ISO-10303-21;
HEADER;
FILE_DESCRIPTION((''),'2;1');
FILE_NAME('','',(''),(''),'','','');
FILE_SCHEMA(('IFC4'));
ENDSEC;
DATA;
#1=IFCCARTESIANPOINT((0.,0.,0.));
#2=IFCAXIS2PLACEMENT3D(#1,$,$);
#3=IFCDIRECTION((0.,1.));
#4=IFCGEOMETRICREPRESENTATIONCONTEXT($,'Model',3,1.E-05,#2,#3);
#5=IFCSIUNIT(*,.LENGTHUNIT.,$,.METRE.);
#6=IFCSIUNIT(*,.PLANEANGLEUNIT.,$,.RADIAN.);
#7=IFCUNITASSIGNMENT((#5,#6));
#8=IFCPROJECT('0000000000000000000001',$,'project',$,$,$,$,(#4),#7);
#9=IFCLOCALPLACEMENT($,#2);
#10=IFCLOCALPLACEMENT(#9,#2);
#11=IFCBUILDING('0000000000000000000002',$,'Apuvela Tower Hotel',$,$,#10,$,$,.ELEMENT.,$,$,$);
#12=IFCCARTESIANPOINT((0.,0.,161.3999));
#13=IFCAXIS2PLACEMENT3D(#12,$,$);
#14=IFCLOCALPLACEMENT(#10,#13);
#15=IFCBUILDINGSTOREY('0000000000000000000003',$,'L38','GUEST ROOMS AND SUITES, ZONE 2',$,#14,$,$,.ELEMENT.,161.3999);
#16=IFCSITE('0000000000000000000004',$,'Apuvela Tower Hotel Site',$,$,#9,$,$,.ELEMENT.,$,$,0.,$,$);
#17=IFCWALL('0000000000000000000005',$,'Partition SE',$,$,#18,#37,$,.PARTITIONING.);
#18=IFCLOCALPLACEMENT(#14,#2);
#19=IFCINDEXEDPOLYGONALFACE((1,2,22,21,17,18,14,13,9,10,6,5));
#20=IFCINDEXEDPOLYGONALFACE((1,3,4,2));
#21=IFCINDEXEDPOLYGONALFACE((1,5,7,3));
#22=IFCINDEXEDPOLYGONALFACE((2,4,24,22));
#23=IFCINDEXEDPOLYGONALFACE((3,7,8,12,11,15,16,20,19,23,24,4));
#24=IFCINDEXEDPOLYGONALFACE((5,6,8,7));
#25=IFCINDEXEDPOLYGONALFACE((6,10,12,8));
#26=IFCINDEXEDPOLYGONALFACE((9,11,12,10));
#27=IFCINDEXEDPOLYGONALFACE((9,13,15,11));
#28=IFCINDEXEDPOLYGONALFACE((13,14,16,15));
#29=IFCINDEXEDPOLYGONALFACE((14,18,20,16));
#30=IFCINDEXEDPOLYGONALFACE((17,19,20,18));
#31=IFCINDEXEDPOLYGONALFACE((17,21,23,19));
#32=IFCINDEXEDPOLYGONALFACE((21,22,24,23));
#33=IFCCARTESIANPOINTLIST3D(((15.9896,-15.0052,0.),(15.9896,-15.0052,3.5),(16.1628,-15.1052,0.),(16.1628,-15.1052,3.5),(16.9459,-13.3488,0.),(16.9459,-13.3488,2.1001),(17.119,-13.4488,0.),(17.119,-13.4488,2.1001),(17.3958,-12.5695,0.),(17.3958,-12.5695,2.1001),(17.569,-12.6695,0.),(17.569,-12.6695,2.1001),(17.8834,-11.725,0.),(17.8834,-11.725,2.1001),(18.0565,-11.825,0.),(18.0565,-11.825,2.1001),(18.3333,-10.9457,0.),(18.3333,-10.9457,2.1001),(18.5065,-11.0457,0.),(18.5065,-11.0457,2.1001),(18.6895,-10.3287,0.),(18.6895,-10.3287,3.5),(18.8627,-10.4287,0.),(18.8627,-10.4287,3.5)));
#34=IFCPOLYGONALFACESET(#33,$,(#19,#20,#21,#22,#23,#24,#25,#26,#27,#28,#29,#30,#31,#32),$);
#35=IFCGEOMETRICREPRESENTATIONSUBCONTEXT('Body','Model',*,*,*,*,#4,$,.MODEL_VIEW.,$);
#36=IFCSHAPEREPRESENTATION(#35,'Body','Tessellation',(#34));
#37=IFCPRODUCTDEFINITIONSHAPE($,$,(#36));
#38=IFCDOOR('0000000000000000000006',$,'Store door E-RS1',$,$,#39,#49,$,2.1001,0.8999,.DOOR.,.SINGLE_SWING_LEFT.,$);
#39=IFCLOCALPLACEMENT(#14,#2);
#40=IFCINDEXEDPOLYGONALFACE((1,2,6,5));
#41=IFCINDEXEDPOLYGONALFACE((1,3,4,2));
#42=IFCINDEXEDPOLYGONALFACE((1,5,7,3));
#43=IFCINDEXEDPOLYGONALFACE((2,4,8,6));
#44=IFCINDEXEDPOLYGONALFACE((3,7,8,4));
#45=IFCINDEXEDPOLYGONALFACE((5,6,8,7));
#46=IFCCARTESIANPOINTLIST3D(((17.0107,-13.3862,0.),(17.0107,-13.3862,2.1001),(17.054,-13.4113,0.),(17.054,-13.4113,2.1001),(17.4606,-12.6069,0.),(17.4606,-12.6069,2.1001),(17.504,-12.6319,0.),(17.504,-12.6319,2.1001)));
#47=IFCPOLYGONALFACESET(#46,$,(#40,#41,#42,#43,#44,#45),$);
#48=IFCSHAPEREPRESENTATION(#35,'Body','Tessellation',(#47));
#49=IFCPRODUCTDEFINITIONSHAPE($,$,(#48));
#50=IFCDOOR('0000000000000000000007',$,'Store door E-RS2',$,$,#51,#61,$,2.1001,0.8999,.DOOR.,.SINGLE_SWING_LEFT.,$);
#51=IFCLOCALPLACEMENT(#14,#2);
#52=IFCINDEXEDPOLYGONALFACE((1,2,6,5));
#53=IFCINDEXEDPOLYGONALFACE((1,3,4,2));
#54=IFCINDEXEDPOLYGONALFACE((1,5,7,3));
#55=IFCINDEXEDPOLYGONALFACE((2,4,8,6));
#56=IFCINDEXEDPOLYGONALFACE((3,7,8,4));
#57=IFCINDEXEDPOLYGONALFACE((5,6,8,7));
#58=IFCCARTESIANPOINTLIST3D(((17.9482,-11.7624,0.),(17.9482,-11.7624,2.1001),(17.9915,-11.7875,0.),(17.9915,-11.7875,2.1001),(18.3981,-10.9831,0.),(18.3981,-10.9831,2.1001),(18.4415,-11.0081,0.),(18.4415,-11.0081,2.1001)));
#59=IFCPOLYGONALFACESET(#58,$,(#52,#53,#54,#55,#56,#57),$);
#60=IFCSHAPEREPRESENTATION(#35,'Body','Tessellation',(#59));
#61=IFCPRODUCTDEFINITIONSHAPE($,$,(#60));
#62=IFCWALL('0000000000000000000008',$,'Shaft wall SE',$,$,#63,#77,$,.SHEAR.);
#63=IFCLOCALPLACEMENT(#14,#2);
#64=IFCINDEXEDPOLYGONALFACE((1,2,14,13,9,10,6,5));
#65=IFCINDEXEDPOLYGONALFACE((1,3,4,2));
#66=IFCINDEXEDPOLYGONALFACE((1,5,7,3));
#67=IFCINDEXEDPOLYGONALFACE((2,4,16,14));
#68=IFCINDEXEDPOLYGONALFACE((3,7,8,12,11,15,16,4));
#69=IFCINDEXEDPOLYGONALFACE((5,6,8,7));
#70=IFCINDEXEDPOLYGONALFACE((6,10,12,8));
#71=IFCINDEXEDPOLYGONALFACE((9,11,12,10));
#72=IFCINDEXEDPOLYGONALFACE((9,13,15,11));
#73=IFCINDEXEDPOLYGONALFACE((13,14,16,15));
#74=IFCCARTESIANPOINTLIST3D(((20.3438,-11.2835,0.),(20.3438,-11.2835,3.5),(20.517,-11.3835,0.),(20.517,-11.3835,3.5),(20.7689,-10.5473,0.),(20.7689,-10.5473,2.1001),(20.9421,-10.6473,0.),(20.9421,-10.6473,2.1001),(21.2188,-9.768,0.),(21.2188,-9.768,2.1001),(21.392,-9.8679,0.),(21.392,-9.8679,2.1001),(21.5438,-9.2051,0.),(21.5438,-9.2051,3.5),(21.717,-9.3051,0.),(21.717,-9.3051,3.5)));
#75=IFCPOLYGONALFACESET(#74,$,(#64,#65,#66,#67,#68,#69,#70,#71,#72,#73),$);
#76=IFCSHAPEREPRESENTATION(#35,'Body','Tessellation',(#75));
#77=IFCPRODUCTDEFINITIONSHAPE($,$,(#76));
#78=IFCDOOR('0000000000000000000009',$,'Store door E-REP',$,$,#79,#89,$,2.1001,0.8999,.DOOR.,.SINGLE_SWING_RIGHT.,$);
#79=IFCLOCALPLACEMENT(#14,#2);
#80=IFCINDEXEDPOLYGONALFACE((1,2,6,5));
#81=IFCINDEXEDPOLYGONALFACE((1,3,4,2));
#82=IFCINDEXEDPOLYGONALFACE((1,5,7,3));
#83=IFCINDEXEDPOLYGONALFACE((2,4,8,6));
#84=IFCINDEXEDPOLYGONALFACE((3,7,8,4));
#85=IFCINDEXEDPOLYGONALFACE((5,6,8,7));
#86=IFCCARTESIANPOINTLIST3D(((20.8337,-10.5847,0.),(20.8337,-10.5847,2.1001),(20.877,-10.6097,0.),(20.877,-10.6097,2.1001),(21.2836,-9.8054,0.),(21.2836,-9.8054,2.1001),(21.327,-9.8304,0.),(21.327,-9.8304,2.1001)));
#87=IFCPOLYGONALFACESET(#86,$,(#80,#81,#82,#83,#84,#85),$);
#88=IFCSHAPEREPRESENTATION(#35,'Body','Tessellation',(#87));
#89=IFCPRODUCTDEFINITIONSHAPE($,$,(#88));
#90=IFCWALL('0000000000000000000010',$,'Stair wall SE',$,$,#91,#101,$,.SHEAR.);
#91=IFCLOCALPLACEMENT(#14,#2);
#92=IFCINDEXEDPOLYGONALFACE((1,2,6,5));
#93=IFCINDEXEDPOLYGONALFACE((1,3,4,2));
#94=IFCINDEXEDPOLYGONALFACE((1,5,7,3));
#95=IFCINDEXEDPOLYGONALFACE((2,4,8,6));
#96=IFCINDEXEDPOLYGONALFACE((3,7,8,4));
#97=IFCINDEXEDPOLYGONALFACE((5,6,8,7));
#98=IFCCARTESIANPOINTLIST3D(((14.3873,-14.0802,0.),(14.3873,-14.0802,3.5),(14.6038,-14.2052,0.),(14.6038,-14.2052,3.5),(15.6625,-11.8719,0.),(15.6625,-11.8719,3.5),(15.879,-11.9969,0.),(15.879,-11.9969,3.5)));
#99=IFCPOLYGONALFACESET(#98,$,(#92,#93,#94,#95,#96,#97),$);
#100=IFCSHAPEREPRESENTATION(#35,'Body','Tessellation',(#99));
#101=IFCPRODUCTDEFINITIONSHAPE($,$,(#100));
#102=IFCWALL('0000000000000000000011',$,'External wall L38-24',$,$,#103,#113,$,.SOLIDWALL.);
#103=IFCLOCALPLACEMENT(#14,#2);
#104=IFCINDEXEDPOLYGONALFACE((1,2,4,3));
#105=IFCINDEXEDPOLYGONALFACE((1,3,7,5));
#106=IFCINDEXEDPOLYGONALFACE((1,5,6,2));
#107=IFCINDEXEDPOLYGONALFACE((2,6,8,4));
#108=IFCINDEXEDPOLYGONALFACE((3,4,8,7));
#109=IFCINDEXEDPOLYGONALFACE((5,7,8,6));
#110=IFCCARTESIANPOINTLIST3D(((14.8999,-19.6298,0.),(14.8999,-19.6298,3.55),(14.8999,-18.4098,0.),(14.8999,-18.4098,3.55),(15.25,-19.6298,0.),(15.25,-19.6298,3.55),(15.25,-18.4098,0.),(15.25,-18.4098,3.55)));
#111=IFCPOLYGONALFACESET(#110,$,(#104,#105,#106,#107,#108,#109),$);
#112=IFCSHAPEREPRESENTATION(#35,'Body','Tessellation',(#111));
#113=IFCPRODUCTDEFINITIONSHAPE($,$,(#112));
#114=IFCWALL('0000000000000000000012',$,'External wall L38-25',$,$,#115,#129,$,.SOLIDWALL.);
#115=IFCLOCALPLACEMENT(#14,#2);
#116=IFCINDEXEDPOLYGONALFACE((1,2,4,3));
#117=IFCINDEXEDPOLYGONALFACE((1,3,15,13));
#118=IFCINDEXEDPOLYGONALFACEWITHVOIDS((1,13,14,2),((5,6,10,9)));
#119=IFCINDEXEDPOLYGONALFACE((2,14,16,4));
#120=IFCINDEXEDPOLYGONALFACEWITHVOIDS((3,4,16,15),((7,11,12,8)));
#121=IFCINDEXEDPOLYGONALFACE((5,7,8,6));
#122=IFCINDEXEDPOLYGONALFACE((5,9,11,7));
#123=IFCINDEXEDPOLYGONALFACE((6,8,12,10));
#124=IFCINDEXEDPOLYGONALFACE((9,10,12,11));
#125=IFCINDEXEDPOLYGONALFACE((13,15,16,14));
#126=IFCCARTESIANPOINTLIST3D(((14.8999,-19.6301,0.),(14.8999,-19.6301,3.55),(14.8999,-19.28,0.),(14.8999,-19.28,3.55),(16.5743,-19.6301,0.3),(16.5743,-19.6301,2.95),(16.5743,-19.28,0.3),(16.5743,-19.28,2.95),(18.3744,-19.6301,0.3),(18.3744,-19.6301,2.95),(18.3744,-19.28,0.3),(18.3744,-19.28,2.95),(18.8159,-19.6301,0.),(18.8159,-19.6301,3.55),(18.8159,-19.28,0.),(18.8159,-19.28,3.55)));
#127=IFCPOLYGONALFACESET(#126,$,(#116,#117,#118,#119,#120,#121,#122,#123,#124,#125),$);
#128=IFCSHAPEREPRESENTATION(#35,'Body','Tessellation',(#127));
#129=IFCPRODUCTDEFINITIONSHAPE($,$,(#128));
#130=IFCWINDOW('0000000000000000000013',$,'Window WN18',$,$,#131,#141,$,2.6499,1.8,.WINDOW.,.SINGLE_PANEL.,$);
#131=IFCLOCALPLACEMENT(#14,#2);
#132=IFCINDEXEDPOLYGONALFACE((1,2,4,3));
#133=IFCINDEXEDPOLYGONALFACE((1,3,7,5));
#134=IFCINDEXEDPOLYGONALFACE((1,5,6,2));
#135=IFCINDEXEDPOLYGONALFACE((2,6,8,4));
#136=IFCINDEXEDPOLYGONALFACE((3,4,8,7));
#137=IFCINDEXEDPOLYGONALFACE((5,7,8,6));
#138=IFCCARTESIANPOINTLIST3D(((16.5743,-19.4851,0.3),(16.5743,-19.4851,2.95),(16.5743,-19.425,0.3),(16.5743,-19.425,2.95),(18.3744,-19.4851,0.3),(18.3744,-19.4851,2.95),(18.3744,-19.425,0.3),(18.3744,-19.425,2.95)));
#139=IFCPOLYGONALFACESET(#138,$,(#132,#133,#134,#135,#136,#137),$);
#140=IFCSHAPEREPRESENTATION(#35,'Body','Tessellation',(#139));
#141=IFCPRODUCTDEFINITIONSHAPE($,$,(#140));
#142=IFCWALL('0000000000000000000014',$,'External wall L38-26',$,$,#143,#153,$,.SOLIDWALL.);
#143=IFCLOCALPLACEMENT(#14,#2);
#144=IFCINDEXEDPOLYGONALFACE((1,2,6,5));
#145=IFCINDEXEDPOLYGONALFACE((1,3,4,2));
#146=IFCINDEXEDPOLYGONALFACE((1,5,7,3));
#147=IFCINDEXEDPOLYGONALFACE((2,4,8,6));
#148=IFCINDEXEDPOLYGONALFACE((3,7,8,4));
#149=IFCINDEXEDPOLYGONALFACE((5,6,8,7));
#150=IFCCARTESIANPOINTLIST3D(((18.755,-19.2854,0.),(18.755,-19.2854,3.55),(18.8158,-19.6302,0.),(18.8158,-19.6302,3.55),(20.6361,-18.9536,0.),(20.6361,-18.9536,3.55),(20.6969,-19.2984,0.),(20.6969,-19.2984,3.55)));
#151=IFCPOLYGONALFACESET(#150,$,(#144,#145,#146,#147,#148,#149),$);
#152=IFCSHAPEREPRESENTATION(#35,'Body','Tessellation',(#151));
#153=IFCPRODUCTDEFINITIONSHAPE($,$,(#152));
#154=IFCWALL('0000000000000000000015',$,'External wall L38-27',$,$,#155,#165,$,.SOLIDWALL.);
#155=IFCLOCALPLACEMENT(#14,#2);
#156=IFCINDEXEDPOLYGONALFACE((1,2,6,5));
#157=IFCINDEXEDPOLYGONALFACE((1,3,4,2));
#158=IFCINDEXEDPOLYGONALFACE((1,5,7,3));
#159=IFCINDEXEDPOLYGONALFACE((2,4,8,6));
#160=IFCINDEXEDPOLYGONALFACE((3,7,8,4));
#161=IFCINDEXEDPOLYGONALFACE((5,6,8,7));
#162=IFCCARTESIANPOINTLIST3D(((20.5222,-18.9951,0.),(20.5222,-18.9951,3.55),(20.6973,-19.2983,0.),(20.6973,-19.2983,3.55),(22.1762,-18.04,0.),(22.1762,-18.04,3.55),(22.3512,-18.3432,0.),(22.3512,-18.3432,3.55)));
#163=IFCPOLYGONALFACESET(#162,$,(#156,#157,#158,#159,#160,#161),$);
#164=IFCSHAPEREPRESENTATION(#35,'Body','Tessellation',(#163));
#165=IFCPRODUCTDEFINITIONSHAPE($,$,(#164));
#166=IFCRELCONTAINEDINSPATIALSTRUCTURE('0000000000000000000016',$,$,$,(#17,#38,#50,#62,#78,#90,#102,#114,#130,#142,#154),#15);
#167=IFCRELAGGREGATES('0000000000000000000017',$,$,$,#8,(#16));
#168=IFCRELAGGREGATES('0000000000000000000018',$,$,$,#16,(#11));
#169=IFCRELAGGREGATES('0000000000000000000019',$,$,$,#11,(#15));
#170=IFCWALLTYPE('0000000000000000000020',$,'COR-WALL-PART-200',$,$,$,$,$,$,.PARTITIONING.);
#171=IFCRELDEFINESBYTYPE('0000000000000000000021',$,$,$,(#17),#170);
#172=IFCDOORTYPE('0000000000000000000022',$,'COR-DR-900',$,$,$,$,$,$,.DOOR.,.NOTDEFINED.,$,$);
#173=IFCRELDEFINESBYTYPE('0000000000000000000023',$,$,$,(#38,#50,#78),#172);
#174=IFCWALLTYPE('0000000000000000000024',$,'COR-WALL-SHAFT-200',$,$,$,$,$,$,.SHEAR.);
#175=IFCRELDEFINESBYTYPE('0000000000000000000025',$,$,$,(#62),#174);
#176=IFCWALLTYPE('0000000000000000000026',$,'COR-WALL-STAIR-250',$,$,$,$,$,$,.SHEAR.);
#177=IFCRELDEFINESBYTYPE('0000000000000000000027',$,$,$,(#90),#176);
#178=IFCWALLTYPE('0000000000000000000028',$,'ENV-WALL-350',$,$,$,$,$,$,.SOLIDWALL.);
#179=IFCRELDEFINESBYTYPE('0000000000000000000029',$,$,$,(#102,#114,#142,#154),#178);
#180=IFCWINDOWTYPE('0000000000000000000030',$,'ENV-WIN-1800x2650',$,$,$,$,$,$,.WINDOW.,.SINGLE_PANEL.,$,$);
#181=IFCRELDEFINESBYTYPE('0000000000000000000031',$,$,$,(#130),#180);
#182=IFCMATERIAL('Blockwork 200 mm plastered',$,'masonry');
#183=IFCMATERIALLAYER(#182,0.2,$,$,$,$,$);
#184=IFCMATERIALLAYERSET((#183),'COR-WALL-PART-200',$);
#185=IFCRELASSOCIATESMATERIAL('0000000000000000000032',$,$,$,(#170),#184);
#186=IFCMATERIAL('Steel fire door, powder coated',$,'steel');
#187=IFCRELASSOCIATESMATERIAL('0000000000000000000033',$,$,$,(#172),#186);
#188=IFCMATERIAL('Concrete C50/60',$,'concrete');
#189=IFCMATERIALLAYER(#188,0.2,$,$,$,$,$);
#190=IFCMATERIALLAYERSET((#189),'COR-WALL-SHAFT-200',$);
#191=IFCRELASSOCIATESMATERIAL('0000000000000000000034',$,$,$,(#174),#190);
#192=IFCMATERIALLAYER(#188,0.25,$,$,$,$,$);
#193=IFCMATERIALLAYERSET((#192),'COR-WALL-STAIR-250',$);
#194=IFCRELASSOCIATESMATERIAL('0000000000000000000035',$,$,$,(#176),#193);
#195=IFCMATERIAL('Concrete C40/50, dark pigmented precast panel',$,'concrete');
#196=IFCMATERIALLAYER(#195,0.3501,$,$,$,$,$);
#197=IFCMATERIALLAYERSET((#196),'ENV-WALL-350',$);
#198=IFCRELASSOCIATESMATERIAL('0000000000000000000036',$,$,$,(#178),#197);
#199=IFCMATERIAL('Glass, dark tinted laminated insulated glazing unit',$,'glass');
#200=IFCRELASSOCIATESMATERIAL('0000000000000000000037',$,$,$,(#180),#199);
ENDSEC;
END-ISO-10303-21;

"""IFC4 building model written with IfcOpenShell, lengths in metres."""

from ifc_helpers import new_model, si_unit, direction, frame, frame_2d, origin, place, context, subcontext, project, spatial, rectangle, extrude, material, layer, layer_set, type_object, element, fill, save


model = new_model("IFC4")

# Units and contexts
model_context = context("Model", 3, precision=1e-05, world=origin(), true_north=direction((0.0, 1.0)))
body_context = subcontext(model_context, "Body", "Model", "MODEL_VIEW")
ifc_project = project(units=[si_unit("LENGTHUNIT", "METRE"), si_unit("PLANEANGLEUNIT", "RADIAN")], contexts=[model_context])

# Site, building, storey
site_placement = place(None, origin())
site = spatial("IfcSite", under=ifc_project, at=site_placement, Name="Apuvela Tower Hotel Site", CompositionType="ELEMENT", RefElevation=0.0)
building_placement = place(site_placement, origin())
building = spatial("IfcBuilding", under=site, at=building_placement, Name="Apuvela Tower Hotel", CompositionType="ELEMENT")
storey_placement = place(building_placement, frame((0.0, 0.0, 161.3999)))
storey = spatial("IfcBuildingStorey", under=building, at=storey_placement, Name="L38", Description="GUEST ROOMS AND SUITES, ZONE 2", CompositionType="ELEMENT", Elevation=161.3999)

# Wall, openings, doors
ifc_material_1 = material(Name="Blockwork 200 mm plastered", Category="masonry")
ifc_layer_1 = layer(ifc_material_1, 0.2)
ifc_layer_set_1 = layer_set([ifc_layer_1], Name="COR-WALL-PART-200")
wall_type_1 = type_object("IfcWallType", Name="COR-WALL-PART-200", PredefinedType="PARTITIONING", material=ifc_layer_set_1)
wall_1_placement = place(storey_placement, frame((16.0762, -15.0552, 0.0), z_axis=(0.0, 0.0, 1.0), x_axis=(0.499995, 0.866028, 0.0)))
wall_1 = element("IfcWall", 1, at=wall_1_placement, inside=storey, type_object=wall_type_1, Name="Partition SE", PredefinedType="PARTITIONING", context=body_context, shape_type="SweptSolid", body=[
    extrude(rectangle(XDim=5.3999, YDim=0.2, at=frame_2d((2.7, 0.0))), origin(), (0.0, 0.0, 1.0), 3.5),
])
opening_1_placement = place(wall_1_placement, frame((1.9126, 0.0, 0.0)))
opening_1 = element("IfcOpeningElement", 2, at=opening_1_placement, cuts=wall_1, PredefinedType="OPENING", context=body_context, shape_type="SweptSolid", body=[
    extrude(rectangle(XDim=0.8999, YDim=2.1001, at=frame_2d((0.45, 1.05))), frame((0.0, 0.1099, 0.0), z_axis=(0.0, -1.0, 0.0), x_axis=(1.0, 0.0, 0.0)), (0.0, 0.0, 1.0), 0.22),
])
opening_2_placement = place(wall_1_placement, frame((3.7876, 0.0, 0.0)))
opening_2 = element("IfcOpeningElement", 3, at=opening_2_placement, cuts=wall_1, PredefinedType="OPENING", context=body_context, shape_type="SweptSolid", body=[
    extrude(rectangle(XDim=0.8999, YDim=2.1001, at=frame_2d((0.45, 1.05))), frame((0.0, 0.1099, 0.0), z_axis=(0.0, -1.0, 0.0), x_axis=(1.0, 0.0, 0.0)), (0.0, 0.0, 1.0), 0.22),
])
ifc_material_2 = material(Name="Steel fire door, powder coated", Category="steel")
door_type_1 = type_object("IfcDoorType", Name="COR-DR-900", OperationType="NOTDEFINED", PredefinedType="DOOR", material=ifc_material_2)
door_1_placement = place(opening_1_placement, frame((0.8999, 0.0, 0.0), z_axis=(0.0, 0.0, 1.0), x_axis=(-1.0, 0.0, 0.0)))
door_1 = element("IfcDoor", 4, at=door_1_placement, inside=storey, type_object=door_type_1, Name="Store door E-RS1", OperationType="SINGLE_SWING_LEFT", OverallHeight=2.1001, OverallWidth=0.8999, PredefinedType="DOOR", context=body_context, shape_type="SweptSolid", body=[
    extrude(rectangle(XDim=0.8999, YDim=2.1001, at=frame_2d((0.45, 1.05))), frame((0.0, 0.0249, 0.0), z_axis=(0.0, -1.0, 0.0), x_axis=(1.0, 0.0, 0.0)), (0.0, 0.0, 1.0), 0.05),
])
fill(opening_1, door_1)
door_2_placement = place(opening_2_placement, frame((0.8999, 0.0, 0.0), z_axis=(0.0, 0.0, 1.0), x_axis=(-1.0, 0.0, 0.0)))
door_2 = element("IfcDoor", 5, at=door_2_placement, inside=storey, type_object=door_type_1, Name="Store door E-RS2", OperationType="SINGLE_SWING_LEFT", OverallHeight=2.1001, OverallWidth=0.8999, PredefinedType="DOOR", context=body_context, shape_type="SweptSolid", body=[
    extrude(rectangle(XDim=0.8999, YDim=2.1001, at=frame_2d((0.45, 1.05))), frame((0.0, 0.0249, 0.0), z_axis=(0.0, -1.0, 0.0), x_axis=(1.0, 0.0, 0.0)), (0.0, 0.0, 1.0), 0.05),
])
fill(opening_2, door_2)

# Wall, opening, door
ifc_material_3 = material(Name="Concrete C50/60", Category="concrete")
ifc_layer_2 = layer(ifc_material_3, 0.2)
ifc_layer_set_2 = layer_set([ifc_layer_2], Name="COR-WALL-SHAFT-200")
wall_type_2 = type_object("IfcWallType", Name="COR-WALL-SHAFT-200", PredefinedType="SHEAR", material=ifc_layer_set_2)
wall_2_placement = place(storey_placement, frame((20.4304, -11.3335, 0.0), z_axis=(0.0, 0.0, 1.0), x_axis=(0.500001, 0.866025, 0.0)))
wall_2 = element("IfcWall", 6, at=wall_2_placement, inside=storey, type_object=wall_type_2, Name="Shaft wall SE", PredefinedType="SHEAR", context=body_context, shape_type="SweptSolid", body=[
    extrude(rectangle(XDim=2.3999, YDim=0.2, at=frame_2d((1.2, 0.0))), origin(), (0.0, 0.0, 1.0), 3.5),
])
opening_3_placement = place(wall_2_placement, frame((0.8501, 0.0, 0.0)))
opening_3 = element("IfcOpeningElement", 7, at=opening_3_placement, cuts=wall_2, PredefinedType="OPENING", context=body_context, shape_type="SweptSolid", body=[
    extrude(rectangle(XDim=0.8999, YDim=2.1001, at=frame_2d((0.45, 1.05))), frame((0.0, 0.1099, 0.0), z_axis=(0.0, -1.0, 0.0), x_axis=(1.0, 0.0, 0.0)), (0.0, 0.0, 1.0), 0.22),
])
door_3_placement = place(opening_3_placement, frame((0.8999, 0.0, 0.0), z_axis=(0.0, 0.0, 1.0), x_axis=(-1.0, 0.0, 0.0)))
door_3 = element("IfcDoor", 8, at=door_3_placement, inside=storey, type_object=door_type_1, Name="Store door E-REP", OperationType="SINGLE_SWING_RIGHT", OverallHeight=2.1001, OverallWidth=0.8999, PredefinedType="DOOR", context=body_context, shape_type="SweptSolid", body=[
    extrude(rectangle(XDim=0.8999, YDim=2.1001, at=frame_2d((0.45, 1.05))), frame((0.0, 0.0249, 0.0), z_axis=(0.0, -1.0, 0.0), x_axis=(1.0, 0.0, 0.0)), (0.0, 0.0, 1.0), 0.05),
])
fill(opening_3, door_3)

# Walls
ifc_layer_3 = layer(ifc_material_3, 0.25)
ifc_layer_set_3 = layer_set([ifc_layer_3], Name="COR-WALL-STAIR-250")
wall_type_3 = type_object("IfcWallType", Name="COR-WALL-STAIR-250", PredefinedType="SHEAR", material=ifc_layer_set_3)
wall_3_placement = place(storey_placement, frame((14.4956, -14.1426, 0.0), z_axis=(0.0, 0.0, 1.0), x_axis=(0.500062, 0.865989, 0.0)))
element("IfcWall", 9, at=wall_3_placement, inside=storey, type_object=wall_type_3, Name="Stair wall SE", PredefinedType="SHEAR", context=body_context, shape_type="SweptSolid", body=[
    extrude(rectangle(XDim=2.55, YDim=0.25, at=frame_2d((1.2749, 0.0))), origin(), (0.0, 0.0, 1.0), 3.5),
])
ifc_material_4 = material(Name="Concrete C40/50, dark pigmented precast panel", Category="concrete")
ifc_layer_4 = layer(ifc_material_4, 0.3501)
ifc_layer_set_4 = layer_set([ifc_layer_4], Name="ENV-WALL-350")
wall_type_4 = type_object("IfcWallType", Name="ENV-WALL-350", PredefinedType="SOLIDWALL", material=ifc_layer_set_4)
wall_4_placement = place(storey_placement, frame((15.075, -18.4099, 0.0), z_axis=(0.0, 0.0, 1.0), x_axis=(0.0, -1.0, 0.0)))
element("IfcWall", 10, at=wall_4_placement, inside=storey, type_object=wall_type_4, Name="External wall L38-24", PredefinedType="SOLIDWALL", context=body_context, shape_type="SweptSolid", body=[
    extrude(rectangle(XDim=1.22, YDim=0.3501, at=frame_2d((0.6099, 0.0))), origin(), (0.0, 0.0, 1.0), 3.55),
])

# Wall, opening, window
wall_5_placement = place(storey_placement, frame((14.8999, -19.4551, 0.0), z_axis=(0.0, 0.0, 1.0), x_axis=(1.0, 0.0, 0.0)))
wall_5 = element("IfcWall", 11, at=wall_5_placement, inside=storey, type_object=wall_type_4, Name="External wall L38-25", PredefinedType="SOLIDWALL", context=body_context, shape_type="SweptSolid", body=[
    extrude(rectangle(XDim=3.916, YDim=0.3501, at=frame_2d((1.958, 0.0))), origin(), (0.0, 0.0, 1.0), 3.55),
])
opening_4_placement = place(wall_5_placement, frame((1.6746, 0.0, 0.3)))
opening_4 = element("IfcOpeningElement", 12, at=opening_4_placement, cuts=wall_5, PredefinedType="OPENING", context=body_context, shape_type="SweptSolid", body=[
    extrude(rectangle(XDim=1.8, YDim=2.6499, at=frame_2d((0.8999, 1.325))), frame((0.0, 0.1851, 0.0), z_axis=(0.0, -1.0, 0.0), x_axis=(1.0, 0.0, 0.0)), (0.0, 0.0, 1.0), 0.3701),
])
ifc_material_5 = material(Name="Glass, dark tinted laminated insulated glazing unit", Category="glass")
window_type = type_object("IfcWindowType", Name="ENV-WIN-1800x2650", PartitioningType="SINGLE_PANEL", PredefinedType="WINDOW", material=ifc_material_5)
window_placement = place(opening_4_placement, origin())
window = element("IfcWindow", 13, at=window_placement, inside=storey, type_object=window_type, Name="Window WN18", OverallHeight=2.6499, OverallWidth=1.8, PartitioningType="SINGLE_PANEL", PredefinedType="WINDOW", context=body_context, shape_type="SweptSolid", body=[
    extrude(rectangle(XDim=1.8, YDim=2.6499, at=frame_2d((0.8999, 1.325))), frame((0.0, 0.03, 0.0), z_axis=(0.0, -1.0, 0.0), x_axis=(1.0, 0.0, 0.0)), (0.0, 0.0, 1.0), 0.0601),
])
fill(opening_4, window)

# Walls
wall_6_placement = place(storey_placement, frame((18.7854, -19.4578, 0.0), z_axis=(0.0, 0.0, 1.0), x_axis=(0.984799, 0.173698, 0.0)))
element("IfcWall", 14, at=wall_6_placement, inside=storey, type_object=wall_type_4, Name="External wall L38-26", PredefinedType="SOLIDWALL", context=body_context, shape_type="SweptSolid", body=[
    extrude(rectangle(XDim=1.9102, YDim=0.3501, at=frame_2d((0.9551, 0.0))), origin(), (0.0, 0.0, 1.0), 3.55),
])
for number, where, z_axis, x_axis, name in (
    (15, (20.6096, -19.1467, 0.0), (0.0, 0.0, 1.0), (0.866, 0.500043, 0.0), "External wall L38-27"),
):
    element("IfcWall", number, at=place(storey_placement, frame(where, z_axis=z_axis, x_axis=x_axis)), inside=storey, type_object=wall_type_4, Name=name, PredefinedType="SOLIDWALL", context=body_context, shape_type="SweptSolid", body=[
        extrude(rectangle(XDim=1.9099, YDim=0.3501, at=frame_2d((0.9551, 0.0))), origin(), (0.0, 0.0, 1.0), 3.55),
    ])

save(model, "model.ifc")
